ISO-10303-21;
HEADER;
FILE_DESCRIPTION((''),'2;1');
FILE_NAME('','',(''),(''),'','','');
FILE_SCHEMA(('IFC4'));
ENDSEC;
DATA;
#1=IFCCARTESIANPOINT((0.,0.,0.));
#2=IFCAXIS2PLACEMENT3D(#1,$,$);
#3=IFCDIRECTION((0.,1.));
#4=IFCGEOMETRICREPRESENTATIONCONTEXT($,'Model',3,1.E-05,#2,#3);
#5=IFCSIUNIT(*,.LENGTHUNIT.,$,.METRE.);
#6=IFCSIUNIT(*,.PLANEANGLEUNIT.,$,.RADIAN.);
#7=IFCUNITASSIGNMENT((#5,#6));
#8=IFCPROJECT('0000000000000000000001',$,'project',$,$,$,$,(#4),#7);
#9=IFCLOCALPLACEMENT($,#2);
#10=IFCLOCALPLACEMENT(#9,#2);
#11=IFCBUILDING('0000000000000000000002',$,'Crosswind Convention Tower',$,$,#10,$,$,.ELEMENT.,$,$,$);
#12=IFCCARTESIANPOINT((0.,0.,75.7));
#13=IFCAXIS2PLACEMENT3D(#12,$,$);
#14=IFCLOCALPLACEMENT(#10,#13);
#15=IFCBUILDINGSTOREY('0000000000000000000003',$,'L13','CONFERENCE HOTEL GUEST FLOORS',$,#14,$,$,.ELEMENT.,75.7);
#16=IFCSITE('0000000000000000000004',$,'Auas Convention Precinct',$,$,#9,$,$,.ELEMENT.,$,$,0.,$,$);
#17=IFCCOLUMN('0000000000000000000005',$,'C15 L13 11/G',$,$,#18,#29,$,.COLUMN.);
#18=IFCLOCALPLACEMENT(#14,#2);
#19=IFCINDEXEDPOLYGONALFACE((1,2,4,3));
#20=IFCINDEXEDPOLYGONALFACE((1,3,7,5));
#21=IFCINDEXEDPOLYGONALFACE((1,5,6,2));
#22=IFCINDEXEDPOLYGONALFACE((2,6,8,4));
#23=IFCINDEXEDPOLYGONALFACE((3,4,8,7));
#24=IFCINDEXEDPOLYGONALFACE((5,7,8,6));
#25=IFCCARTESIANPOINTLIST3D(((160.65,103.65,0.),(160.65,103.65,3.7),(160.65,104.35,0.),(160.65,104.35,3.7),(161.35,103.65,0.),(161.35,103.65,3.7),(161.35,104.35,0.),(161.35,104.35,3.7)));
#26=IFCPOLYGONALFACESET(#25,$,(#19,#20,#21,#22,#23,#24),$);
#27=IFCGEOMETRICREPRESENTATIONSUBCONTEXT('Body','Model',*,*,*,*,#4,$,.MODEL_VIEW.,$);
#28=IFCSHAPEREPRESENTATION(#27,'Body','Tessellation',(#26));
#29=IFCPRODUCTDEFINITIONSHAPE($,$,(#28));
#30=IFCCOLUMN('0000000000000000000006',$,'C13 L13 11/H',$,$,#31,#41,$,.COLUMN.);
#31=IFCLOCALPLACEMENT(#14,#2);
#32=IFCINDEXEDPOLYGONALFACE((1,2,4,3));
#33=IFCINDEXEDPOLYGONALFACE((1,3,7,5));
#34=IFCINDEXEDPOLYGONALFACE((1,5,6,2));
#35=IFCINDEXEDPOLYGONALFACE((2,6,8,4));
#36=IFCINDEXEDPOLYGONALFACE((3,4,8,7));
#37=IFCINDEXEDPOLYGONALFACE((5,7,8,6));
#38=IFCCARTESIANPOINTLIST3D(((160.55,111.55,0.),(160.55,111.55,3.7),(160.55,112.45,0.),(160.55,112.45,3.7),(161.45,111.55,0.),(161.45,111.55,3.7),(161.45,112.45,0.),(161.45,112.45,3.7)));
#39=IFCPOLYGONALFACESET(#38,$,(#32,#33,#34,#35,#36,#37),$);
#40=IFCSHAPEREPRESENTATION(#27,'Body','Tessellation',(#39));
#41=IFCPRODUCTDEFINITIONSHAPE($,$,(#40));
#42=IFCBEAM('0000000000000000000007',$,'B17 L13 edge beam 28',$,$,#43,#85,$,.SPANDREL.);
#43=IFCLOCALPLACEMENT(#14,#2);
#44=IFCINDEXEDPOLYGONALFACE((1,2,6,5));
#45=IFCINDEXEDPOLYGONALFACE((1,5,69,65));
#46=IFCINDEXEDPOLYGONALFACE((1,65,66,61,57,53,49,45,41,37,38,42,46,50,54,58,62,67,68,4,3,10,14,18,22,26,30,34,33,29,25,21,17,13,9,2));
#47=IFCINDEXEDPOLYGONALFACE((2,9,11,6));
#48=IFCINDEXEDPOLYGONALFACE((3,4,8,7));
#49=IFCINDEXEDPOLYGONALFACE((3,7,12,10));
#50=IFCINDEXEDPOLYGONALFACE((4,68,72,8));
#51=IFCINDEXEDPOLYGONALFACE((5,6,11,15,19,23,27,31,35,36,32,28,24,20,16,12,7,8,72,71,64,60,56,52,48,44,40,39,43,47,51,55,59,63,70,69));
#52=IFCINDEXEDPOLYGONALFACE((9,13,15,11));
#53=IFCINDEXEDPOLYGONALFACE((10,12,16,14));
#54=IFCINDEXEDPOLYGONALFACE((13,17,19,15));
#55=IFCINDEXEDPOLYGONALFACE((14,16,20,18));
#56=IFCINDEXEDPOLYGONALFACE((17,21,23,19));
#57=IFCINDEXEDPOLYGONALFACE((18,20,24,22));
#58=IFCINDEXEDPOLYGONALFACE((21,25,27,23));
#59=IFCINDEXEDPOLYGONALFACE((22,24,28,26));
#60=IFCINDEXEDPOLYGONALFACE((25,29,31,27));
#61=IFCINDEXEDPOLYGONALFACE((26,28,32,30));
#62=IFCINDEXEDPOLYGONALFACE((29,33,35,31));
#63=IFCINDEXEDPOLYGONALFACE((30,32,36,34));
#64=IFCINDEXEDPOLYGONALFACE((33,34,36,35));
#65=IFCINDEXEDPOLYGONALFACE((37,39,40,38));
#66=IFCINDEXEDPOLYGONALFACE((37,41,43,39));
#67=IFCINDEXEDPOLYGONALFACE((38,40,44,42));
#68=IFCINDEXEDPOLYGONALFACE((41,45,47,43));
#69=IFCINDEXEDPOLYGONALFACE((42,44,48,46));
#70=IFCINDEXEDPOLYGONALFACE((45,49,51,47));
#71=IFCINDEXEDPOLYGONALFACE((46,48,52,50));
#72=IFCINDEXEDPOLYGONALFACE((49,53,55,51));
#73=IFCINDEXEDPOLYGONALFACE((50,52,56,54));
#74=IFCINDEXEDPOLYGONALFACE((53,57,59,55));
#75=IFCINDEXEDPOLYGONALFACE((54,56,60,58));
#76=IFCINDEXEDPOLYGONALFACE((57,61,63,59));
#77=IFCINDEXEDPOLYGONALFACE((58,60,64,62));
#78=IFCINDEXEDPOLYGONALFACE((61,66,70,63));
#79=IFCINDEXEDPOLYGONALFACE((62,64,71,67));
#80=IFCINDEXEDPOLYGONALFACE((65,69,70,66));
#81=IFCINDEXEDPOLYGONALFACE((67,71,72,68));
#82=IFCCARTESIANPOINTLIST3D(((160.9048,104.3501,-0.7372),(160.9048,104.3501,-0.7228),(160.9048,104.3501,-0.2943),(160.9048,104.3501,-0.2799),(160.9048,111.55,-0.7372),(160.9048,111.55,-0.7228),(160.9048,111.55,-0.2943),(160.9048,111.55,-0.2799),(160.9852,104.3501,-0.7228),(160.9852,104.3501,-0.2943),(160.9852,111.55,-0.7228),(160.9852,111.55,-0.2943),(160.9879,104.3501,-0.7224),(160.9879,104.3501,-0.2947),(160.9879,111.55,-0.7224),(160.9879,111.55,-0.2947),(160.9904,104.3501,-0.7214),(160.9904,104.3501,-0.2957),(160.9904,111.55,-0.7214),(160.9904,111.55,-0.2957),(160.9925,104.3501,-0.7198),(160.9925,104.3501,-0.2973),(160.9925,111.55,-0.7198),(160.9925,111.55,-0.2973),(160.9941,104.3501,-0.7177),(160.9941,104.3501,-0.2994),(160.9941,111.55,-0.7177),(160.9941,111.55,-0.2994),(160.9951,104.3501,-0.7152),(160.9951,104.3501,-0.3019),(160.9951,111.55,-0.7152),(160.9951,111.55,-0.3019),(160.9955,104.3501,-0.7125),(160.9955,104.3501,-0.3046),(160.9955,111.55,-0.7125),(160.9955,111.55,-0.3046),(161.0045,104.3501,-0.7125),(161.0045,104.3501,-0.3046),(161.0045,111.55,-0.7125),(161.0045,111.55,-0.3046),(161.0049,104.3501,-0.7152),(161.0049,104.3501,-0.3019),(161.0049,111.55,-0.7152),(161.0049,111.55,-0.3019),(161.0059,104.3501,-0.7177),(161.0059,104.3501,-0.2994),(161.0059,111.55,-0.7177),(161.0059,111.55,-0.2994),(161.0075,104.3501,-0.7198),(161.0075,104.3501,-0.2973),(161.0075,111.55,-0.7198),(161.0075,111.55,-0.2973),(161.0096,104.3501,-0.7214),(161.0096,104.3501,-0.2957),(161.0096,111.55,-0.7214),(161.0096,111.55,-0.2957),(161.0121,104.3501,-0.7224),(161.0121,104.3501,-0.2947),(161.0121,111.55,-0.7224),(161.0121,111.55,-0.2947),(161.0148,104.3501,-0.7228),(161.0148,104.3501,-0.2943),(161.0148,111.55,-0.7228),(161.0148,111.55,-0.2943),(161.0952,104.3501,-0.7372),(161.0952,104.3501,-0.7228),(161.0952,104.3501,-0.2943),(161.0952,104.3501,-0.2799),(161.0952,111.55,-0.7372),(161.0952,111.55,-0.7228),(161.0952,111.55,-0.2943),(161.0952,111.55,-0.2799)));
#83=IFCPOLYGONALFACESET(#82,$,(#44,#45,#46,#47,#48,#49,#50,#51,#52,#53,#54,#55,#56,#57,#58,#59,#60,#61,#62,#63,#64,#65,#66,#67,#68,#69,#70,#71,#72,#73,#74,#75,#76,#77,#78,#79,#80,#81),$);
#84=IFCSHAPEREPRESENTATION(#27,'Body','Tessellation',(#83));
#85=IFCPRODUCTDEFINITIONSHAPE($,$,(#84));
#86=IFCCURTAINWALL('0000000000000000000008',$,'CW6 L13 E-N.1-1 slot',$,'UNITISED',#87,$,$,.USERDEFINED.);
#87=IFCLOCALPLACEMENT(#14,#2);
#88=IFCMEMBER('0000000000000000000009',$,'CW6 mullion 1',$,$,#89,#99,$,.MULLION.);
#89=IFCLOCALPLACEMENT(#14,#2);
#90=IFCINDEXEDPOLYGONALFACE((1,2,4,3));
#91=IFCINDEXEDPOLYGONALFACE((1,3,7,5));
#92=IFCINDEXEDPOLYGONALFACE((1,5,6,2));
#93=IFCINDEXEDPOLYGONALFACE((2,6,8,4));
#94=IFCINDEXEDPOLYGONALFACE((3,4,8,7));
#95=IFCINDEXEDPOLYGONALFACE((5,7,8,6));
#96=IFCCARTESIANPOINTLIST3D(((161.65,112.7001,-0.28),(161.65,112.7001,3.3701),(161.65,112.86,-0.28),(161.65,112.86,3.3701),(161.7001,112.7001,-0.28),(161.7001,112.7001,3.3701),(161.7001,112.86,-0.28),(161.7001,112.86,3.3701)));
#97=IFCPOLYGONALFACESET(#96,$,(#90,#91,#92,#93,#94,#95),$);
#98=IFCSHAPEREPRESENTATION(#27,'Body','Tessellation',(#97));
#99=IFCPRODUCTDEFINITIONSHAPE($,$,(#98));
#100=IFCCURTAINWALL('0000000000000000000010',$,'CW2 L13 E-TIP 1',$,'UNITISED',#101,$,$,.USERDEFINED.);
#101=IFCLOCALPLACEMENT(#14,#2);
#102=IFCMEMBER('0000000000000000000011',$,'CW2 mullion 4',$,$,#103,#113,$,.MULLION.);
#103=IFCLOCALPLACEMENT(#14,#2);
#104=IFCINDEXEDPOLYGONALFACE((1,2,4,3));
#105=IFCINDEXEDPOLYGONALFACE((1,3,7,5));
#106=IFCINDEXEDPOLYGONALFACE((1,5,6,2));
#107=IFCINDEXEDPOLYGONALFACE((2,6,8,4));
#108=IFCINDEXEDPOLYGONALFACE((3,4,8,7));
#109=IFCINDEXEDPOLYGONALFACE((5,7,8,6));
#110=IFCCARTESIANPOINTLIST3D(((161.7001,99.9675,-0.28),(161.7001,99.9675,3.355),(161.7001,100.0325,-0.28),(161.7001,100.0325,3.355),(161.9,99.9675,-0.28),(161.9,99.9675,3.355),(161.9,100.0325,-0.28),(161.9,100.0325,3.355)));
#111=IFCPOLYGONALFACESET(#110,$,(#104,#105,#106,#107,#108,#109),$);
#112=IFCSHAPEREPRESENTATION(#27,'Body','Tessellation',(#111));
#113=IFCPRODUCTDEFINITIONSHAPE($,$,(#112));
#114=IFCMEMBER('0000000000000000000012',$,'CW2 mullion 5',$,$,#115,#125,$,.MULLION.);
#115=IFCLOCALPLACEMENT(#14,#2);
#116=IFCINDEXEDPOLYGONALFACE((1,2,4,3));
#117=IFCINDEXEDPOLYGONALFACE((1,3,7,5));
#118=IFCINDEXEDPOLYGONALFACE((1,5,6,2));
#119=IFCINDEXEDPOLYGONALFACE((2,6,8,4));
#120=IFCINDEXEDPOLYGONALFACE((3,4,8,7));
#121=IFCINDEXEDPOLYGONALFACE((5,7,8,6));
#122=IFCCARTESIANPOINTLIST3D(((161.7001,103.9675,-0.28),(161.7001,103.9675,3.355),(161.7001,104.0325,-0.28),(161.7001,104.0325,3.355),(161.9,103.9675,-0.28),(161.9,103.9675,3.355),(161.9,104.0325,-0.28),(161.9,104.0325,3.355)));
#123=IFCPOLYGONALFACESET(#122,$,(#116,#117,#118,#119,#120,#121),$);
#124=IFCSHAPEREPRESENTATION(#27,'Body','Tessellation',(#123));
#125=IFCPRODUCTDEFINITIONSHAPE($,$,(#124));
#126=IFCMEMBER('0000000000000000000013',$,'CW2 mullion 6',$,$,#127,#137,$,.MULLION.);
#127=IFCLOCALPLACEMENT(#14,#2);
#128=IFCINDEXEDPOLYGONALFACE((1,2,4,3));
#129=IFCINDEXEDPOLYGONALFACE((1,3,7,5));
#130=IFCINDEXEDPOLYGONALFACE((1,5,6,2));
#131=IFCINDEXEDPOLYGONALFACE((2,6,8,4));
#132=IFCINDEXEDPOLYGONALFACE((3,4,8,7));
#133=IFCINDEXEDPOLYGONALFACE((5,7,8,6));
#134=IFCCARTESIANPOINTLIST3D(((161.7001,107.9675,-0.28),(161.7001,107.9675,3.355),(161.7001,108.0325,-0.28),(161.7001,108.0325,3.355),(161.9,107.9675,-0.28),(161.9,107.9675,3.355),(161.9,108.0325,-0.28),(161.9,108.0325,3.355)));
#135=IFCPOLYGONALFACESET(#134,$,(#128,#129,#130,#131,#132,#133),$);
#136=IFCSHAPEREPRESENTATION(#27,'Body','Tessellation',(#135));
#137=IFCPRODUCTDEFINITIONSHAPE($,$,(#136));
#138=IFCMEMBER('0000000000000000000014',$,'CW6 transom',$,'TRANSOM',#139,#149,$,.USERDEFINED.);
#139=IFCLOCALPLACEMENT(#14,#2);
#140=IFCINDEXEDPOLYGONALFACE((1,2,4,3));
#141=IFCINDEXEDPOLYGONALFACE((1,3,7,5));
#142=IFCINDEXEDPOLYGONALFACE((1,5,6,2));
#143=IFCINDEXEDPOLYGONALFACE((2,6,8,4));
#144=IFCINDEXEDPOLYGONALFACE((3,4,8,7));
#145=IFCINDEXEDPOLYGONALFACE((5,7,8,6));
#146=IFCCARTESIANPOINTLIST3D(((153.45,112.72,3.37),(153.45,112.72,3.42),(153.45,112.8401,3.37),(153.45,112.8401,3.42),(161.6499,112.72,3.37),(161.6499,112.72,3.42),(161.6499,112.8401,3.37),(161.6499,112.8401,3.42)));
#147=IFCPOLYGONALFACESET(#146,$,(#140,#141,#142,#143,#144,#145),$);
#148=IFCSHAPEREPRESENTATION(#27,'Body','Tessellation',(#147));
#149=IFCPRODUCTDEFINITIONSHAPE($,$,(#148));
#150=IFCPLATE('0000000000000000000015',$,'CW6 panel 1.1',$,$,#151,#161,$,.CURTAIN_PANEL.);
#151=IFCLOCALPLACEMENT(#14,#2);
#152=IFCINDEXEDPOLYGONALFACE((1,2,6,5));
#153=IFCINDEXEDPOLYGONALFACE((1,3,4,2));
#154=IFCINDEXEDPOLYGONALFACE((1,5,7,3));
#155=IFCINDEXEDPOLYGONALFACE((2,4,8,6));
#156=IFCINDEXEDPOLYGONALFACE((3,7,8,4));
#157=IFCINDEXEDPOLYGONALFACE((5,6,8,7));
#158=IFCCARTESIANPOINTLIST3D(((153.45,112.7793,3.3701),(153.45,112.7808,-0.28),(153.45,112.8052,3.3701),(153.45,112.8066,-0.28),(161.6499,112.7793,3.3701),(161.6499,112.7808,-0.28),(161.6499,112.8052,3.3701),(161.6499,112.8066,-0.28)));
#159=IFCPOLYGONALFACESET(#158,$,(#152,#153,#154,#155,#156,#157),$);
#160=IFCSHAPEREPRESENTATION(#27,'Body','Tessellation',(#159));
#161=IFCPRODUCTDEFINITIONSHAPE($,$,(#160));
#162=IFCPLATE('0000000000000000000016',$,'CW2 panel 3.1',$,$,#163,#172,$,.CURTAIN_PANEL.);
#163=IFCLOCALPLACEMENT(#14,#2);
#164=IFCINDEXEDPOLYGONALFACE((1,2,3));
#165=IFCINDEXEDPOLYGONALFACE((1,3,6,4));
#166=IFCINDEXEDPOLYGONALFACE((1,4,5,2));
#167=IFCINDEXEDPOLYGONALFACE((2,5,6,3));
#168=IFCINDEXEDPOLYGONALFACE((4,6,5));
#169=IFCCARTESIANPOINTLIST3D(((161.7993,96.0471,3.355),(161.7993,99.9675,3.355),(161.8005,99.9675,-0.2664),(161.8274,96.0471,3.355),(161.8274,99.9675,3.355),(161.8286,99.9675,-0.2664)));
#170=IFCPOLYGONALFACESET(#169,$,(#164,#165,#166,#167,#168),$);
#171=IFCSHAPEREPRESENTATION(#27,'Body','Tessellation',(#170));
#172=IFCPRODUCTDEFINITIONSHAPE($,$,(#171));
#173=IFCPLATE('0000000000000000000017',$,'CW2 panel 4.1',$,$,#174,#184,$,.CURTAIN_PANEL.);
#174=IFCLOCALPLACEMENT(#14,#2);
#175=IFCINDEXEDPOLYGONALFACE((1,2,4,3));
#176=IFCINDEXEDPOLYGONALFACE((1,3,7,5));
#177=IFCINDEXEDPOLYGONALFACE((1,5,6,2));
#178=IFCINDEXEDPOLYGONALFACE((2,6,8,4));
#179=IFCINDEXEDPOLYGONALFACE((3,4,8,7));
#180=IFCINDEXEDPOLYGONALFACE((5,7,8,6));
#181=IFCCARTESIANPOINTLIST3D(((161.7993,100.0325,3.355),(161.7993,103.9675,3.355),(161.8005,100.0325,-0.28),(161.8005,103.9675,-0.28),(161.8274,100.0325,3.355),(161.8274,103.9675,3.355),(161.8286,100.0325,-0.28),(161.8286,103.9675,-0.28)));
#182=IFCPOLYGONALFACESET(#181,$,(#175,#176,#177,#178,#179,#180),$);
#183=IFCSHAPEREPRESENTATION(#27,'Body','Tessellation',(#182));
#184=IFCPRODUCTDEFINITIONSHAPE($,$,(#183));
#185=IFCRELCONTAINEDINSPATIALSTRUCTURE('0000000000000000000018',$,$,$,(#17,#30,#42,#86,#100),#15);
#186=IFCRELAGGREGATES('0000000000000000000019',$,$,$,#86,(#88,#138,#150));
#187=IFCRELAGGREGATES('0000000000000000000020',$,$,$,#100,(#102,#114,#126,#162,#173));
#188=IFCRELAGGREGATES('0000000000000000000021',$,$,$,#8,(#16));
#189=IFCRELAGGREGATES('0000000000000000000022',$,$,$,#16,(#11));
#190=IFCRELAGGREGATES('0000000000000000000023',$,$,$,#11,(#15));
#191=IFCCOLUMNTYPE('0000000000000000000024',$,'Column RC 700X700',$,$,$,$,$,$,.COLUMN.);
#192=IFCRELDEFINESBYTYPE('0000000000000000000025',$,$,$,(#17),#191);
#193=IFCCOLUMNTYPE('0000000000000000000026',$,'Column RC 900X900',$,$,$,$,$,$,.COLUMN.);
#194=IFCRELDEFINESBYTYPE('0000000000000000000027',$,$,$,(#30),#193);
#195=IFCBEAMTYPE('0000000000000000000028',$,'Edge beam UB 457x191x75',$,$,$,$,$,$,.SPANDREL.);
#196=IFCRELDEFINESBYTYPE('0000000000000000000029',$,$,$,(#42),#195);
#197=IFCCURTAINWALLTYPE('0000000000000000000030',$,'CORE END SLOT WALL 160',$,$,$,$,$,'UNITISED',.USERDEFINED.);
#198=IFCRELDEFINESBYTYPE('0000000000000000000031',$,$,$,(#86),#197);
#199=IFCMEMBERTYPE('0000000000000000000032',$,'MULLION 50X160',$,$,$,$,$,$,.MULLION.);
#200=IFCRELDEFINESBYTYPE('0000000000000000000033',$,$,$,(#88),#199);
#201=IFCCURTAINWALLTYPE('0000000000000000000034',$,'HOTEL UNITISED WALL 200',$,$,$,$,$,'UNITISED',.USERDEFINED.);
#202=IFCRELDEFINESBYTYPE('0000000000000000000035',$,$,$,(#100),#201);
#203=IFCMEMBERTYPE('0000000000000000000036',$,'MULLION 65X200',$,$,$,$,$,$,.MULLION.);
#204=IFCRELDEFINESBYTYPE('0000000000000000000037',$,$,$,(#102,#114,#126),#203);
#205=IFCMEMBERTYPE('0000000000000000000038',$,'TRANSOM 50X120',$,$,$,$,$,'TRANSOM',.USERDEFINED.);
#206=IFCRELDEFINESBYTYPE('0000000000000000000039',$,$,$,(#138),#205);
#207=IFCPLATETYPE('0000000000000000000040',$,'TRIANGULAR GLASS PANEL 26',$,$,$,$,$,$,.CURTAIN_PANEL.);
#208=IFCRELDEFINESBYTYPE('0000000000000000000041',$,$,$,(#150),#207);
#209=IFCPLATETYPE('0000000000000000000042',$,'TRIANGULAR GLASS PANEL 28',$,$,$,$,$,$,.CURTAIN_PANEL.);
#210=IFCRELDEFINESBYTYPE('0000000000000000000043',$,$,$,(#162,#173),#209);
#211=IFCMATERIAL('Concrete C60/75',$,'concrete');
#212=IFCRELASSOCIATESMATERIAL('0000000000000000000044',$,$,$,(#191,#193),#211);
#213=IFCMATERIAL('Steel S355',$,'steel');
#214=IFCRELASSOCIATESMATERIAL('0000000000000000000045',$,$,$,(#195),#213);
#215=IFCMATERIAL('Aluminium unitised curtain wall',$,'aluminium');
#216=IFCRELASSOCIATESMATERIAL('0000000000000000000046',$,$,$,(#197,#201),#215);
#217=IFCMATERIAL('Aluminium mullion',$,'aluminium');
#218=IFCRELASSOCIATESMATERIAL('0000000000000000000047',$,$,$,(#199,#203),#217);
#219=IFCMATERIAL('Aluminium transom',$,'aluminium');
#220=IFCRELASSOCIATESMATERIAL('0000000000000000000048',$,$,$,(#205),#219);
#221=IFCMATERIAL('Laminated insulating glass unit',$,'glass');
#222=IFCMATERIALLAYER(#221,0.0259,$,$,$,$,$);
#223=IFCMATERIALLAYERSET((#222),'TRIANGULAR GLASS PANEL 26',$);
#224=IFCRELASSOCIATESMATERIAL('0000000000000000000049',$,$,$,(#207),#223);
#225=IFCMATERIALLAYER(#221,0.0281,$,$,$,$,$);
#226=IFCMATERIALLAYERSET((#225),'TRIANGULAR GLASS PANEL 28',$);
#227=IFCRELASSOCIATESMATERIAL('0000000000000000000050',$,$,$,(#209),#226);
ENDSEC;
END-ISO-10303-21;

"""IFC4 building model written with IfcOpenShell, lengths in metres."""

from ifc_helpers import new_model, si_unit, direction, frame, origin, origin_2d, place, context, subcontext, project, spatial, polyline, rectangle, i_section, outline, extrude, material, layer, layer_set, material_profile, profile_set, type_object, element, aggregate, save


model = new_model("IFC4")

# Units and contexts
model_context = context("Model", 3, precision=1e-05, world=origin(), true_north=direction((0.0, 1.0)))
body_context = subcontext(model_context, "Body", "Model", "MODEL_VIEW")
ifc_project = project(units=[si_unit("LENGTHUNIT", "METRE"), si_unit("PLANEANGLEUNIT", "RADIAN")], contexts=[model_context])

# Site, building, storey
site_placement = place(None, origin())
site = spatial("IfcSite", under=ifc_project, at=site_placement, Name="Auas Convention Precinct", CompositionType="ELEMENT", RefElevation=0.0)
building_placement = place(site_placement, origin())
building = spatial("IfcBuilding", under=site, at=building_placement, Name="Crosswind Convention Tower", CompositionType="ELEMENT")
storey_placement = place(building_placement, frame((0.0, 0.0, 75.7)))
storey = spatial("IfcBuildingStorey", under=building, at=storey_placement, Name="L13", Description="CONFERENCE HOTEL GUEST FLOORS", CompositionType="ELEMENT", Elevation=75.7)

# Columns
ifc_material_1 = material(Name="Concrete C60/75", Category="concrete")
ifc_material_profile_1 = material_profile(ifc_material_1, rectangle(XDim=0.7, YDim=0.7, at=origin_2d()), Name="RC 700X700")
ifc_profile_set_1 = profile_set([ifc_material_profile_1], Name="Concrete C60/75")
column_type_1 = type_object("IfcColumnType", Name="Column RC 700X700", PredefinedType="COLUMN", material=ifc_profile_set_1)
column_1_placement = place(storey_placement, frame((161.0, 104.0, 0.0), z_axis=(0.0, 0.0, 1.0), x_axis=(1.0, 0.0, 0.0)))
element("IfcColumn", 1, at=column_1_placement, inside=storey, type_object=column_type_1, Name="C15 L13 11/G", PredefinedType="COLUMN", context=body_context, shape_type="SweptSolid", body=[
    extrude(rectangle(XDim=0.7, YDim=0.7, at=origin_2d()), origin(), (0.0, 0.0, 1.0), 3.7),
])
ifc_material_profile_2 = material_profile(ifc_material_1, rectangle(XDim=0.8999, YDim=0.8999, at=origin_2d()), Name="RC 900X900")
ifc_profile_set_2 = profile_set([ifc_material_profile_2], Name="Concrete C60/75")
column_type_2 = type_object("IfcColumnType", Name="Column RC 900X900", PredefinedType="COLUMN", material=ifc_profile_set_2)
column_2_placement = place(storey_placement, frame((161.0, 112.0, 0.0), z_axis=(0.0, 0.0, 1.0), x_axis=(1.0, 0.0, 0.0)))
element("IfcColumn", 2, at=column_2_placement, inside=storey, type_object=column_type_2, Name="C13 L13 11/H", PredefinedType="COLUMN", context=body_context, shape_type="SweptSolid", body=[
    extrude(rectangle(XDim=0.8999, YDim=0.8999, at=origin_2d()), origin(), (0.0, 0.0, 1.0), 3.7),
])

# Beam
ifc_material_2 = material(Name="Steel S355", Category="steel")
ifc_material_profile_3 = material_profile(ifc_material_2, i_section(OverallWidth=0.1904, OverallDepth=0.4573, WebThickness=0.009, FlangeThickness=0.0144, FilletRadius=0.0103, at=origin_2d()), Name="UB 457x191x75")
ifc_profile_set_3 = profile_set([ifc_material_profile_3], Name="Steel S355")
beam_type = type_object("IfcBeamType", Name="Edge beam UB 457x191x75", PredefinedType="SPANDREL", material=ifc_profile_set_3)
beam_placement = place(storey_placement, frame((161.0, 104.3501, -0.5085), z_axis=(0.0, 1.0, 0.0), x_axis=(-1.0, 0.0, 0.0)))
element("IfcBeam", 3, at=beam_placement, inside=storey, type_object=beam_type, Name="B17 L13 edge beam 28", PredefinedType="SPANDREL", context=body_context, shape_type="SweptSolid", body=[
    extrude(i_section(OverallWidth=0.1904, OverallDepth=0.4573, WebThickness=0.009, FlangeThickness=0.0144, FilletRadius=0.0103, at=origin_2d()), origin(), (0.0, 0.0, 1.0), 7.2),
])

# Curtain wall, member
ifc_material_3 = material(Name="Aluminium unitised curtain wall", Category="aluminium")
curtain_wall_type_1 = type_object("IfcCurtainWallType", Name="CORE END SLOT WALL 160", ElementType="UNITISED", PredefinedType="USERDEFINED", material=ifc_material_3)
curtain_wall_1_placement = place(storey_placement, origin())
curtain_wall_1 = element("IfcCurtainWall", 4, at=curtain_wall_1_placement, inside=storey, type_object=curtain_wall_type_1, Name="CW6 L13 E-N.1-1 slot", ObjectType="UNITISED", PredefinedType="USERDEFINED")
ifc_material_4 = material(Name="Aluminium mullion", Category="aluminium")
ifc_material_profile_4 = material_profile(ifc_material_4, rectangle(XDim=0.1599, YDim=0.05, at=origin_2d()), Name="AL 160X50")
ifc_profile_set_4 = profile_set([ifc_material_profile_4], Name="Aluminium mullion")
member_type_1 = type_object("IfcMemberType", Name="MULLION 50X160", PredefinedType="MULLION", material=ifc_profile_set_4)
member_1_placement = place(storey_placement, frame((161.675, 112.78, -0.28), z_axis=(0.0, 0.0, 1.0), x_axis=(0.0, 1.0, 0.0)))
member_1 = element("IfcMember", 5, at=member_1_placement, type_object=member_type_1, Name="CW6 mullion 1", PredefinedType="MULLION", context=body_context, shape_type="SweptSolid", body=[
    extrude(rectangle(XDim=0.1599, YDim=0.05, at=origin_2d()), origin(), (0.0, 0.0, 1.0), 3.6501),
])

# Curtain wall, members
curtain_wall_type_2 = type_object("IfcCurtainWallType", Name="HOTEL UNITISED WALL 200", ElementType="UNITISED", PredefinedType="USERDEFINED", material=ifc_material_3)
curtain_wall_2_placement = place(storey_placement, origin())
curtain_wall_2 = element("IfcCurtainWall", 6, at=curtain_wall_2_placement, inside=storey, type_object=curtain_wall_type_2, Name="CW2 L13 E-TIP 1", ObjectType="UNITISED", PredefinedType="USERDEFINED")
ifc_material_profile_5 = material_profile(ifc_material_4, rectangle(XDim=0.2, YDim=0.0649, at=origin_2d()), Name="AL 200X65")
ifc_profile_set_5 = profile_set([ifc_material_profile_5], Name="Aluminium mullion")
member_type_2 = type_object("IfcMemberType", Name="MULLION 65X200", PredefinedType="MULLION", material=ifc_profile_set_5)
member_2_placement = place(storey_placement, frame((161.8, 100.0, -0.28), z_axis=(0.0, 0.0, 1.0), x_axis=(1.0, 0.0, 0.0)))
member_2 = element("IfcMember", 7, at=member_2_placement, type_object=member_type_2, Name="CW2 mullion 4", PredefinedType="MULLION", context=body_context, shape_type="SweptSolid", body=[
    extrude(rectangle(XDim=0.2, YDim=0.0649, at=origin_2d()), origin(), (0.0, 0.0, 1.0), 3.635),
])
member_3_placement = place(storey_placement, frame((161.8, 104.0, -0.28), z_axis=(0.0, 0.0, 1.0), x_axis=(1.0, 0.0, 0.0)))
member_3 = element("IfcMember", 8, at=member_3_placement, type_object=member_type_2, Name="CW2 mullion 5", PredefinedType="MULLION", context=body_context, shape_type="SweptSolid", body=[
    extrude(rectangle(XDim=0.2, YDim=0.0649, at=origin_2d()), origin(), (0.0, 0.0, 1.0), 3.635),
])
member_4_placement = place(storey_placement, frame((161.8, 108.0, -0.28), z_axis=(0.0, 0.0, 1.0), x_axis=(1.0, 0.0, 0.0)))
member_4 = element("IfcMember", 9, at=member_4_placement, type_object=member_type_2, Name="CW2 mullion 6", PredefinedType="MULLION", context=body_context, shape_type="SweptSolid", body=[
    extrude(rectangle(XDim=0.2, YDim=0.0649, at=origin_2d()), origin(), (0.0, 0.0, 1.0), 3.635),
])

# Member
ifc_material_5 = material(Name="Aluminium transom", Category="aluminium")
ifc_material_profile_6 = material_profile(ifc_material_5, rectangle(XDim=0.1201, YDim=0.05, at=origin_2d()), Name="AL 120X50")
ifc_profile_set_6 = profile_set([ifc_material_profile_6], Name="Aluminium transom")
member_type_3 = type_object("IfcMemberType", Name="TRANSOM 50X120", ElementType="TRANSOM", PredefinedType="USERDEFINED", material=ifc_profile_set_6)
member_5_placement = place(storey_placement, frame((161.6499, 112.78, 3.395), z_axis=(-1.0, 0.0, 0.0), x_axis=(0.0, -1.0, 0.0)))
member_5 = element("IfcMember", 10, at=member_5_placement, type_object=member_type_3, Name="CW6 transom", ObjectType="TRANSOM", PredefinedType="USERDEFINED", context=body_context, shape_type="SweptSolid", body=[
    extrude(rectangle(XDim=0.1201, YDim=0.05, at=origin_2d()), origin(), (0.0, 0.0, 1.0), 8.2),
])

# Plates
ifc_material_6 = material(Name="Laminated insulating glass unit", Category="glass")
ifc_layer_1 = layer(ifc_material_6, 0.0259)
ifc_layer_set_1 = layer_set([ifc_layer_1], Name="TRIANGULAR GLASS PANEL 26")
plate_type_1 = type_object("IfcPlateType", Name="TRIANGULAR GLASS PANEL 26", PredefinedType="CURTAIN_PANEL", material=ifc_layer_set_1)
plate_1_placement = place(storey_placement, frame((161.6499, 112.8066, -0.28), z_axis=(0.0, 1.0, 0.000401), x_axis=(-1.0, 0.0, 0.0)))
plate_1 = element("IfcPlate", 11, at=plate_1_placement, type_object=plate_type_1, Name="CW6 panel 1.1", PredefinedType="CURTAIN_PANEL", context=body_context, shape_type="SweptSolid", body=[
    extrude(outline(polyline([(0.0, 0.0), (8.2, 0.0), (8.2, 3.6501), (0.0, 3.6501), (0.0, 0.0)])), origin(), (0.0, 0.0, -1.0), 0.0259),
])
aggregate(curtain_wall_1, [member_1, member_5, plate_1])
ifc_layer_2 = layer(ifc_material_6, 0.0281)
ifc_layer_set_2 = layer_set([ifc_layer_2], Name="TRIANGULAR GLASS PANEL 28")
plate_type_2 = type_object("IfcPlateType", Name="TRIANGULAR GLASS PANEL 28", PredefinedType="CURTAIN_PANEL", material=ifc_layer_set_2)
plate_2_placement = place(storey_placement, frame((161.8274, 99.9675, 3.355), z_axis=(1.0, 0.0, 0.000337), x_axis=(0.0, -1.0, 0.0)))
plate_2 = element("IfcPlate", 12, at=plate_2_placement, type_object=plate_type_2, Name="CW2 panel 3.1", PredefinedType="CURTAIN_PANEL", context=body_context, shape_type="SweptSolid", body=[
    extrude(outline(polyline([(0.0, 0.0), (3.9204, 0.0), (0.0, 3.6213), (0.0, 0.0)])), origin(), (0.0, 0.0, -1.0), 0.0281),
])
plate_3_placement = place(storey_placement, frame((161.8286, 100.0325, -0.28), z_axis=(1.0, 0.0, 0.000336), x_axis=(0.0, 1.0, 0.0)))
plate_3 = element("IfcPlate", 13, at=plate_3_placement, type_object=plate_type_2, Name="CW2 panel 4.1", PredefinedType="CURTAIN_PANEL", context=body_context, shape_type="SweptSolid", body=[
    extrude(outline(polyline([(0.0, 0.0), (3.9351, 0.0), (3.9351, 3.635), (0.0, 3.635), (0.0, 0.0)])), origin(), (0.0, 0.0, -1.0), 0.0281),
])
aggregate(curtain_wall_2, [member_2, member_3, member_4, plate_2, plate_3])

save(model, "model.ifc")
